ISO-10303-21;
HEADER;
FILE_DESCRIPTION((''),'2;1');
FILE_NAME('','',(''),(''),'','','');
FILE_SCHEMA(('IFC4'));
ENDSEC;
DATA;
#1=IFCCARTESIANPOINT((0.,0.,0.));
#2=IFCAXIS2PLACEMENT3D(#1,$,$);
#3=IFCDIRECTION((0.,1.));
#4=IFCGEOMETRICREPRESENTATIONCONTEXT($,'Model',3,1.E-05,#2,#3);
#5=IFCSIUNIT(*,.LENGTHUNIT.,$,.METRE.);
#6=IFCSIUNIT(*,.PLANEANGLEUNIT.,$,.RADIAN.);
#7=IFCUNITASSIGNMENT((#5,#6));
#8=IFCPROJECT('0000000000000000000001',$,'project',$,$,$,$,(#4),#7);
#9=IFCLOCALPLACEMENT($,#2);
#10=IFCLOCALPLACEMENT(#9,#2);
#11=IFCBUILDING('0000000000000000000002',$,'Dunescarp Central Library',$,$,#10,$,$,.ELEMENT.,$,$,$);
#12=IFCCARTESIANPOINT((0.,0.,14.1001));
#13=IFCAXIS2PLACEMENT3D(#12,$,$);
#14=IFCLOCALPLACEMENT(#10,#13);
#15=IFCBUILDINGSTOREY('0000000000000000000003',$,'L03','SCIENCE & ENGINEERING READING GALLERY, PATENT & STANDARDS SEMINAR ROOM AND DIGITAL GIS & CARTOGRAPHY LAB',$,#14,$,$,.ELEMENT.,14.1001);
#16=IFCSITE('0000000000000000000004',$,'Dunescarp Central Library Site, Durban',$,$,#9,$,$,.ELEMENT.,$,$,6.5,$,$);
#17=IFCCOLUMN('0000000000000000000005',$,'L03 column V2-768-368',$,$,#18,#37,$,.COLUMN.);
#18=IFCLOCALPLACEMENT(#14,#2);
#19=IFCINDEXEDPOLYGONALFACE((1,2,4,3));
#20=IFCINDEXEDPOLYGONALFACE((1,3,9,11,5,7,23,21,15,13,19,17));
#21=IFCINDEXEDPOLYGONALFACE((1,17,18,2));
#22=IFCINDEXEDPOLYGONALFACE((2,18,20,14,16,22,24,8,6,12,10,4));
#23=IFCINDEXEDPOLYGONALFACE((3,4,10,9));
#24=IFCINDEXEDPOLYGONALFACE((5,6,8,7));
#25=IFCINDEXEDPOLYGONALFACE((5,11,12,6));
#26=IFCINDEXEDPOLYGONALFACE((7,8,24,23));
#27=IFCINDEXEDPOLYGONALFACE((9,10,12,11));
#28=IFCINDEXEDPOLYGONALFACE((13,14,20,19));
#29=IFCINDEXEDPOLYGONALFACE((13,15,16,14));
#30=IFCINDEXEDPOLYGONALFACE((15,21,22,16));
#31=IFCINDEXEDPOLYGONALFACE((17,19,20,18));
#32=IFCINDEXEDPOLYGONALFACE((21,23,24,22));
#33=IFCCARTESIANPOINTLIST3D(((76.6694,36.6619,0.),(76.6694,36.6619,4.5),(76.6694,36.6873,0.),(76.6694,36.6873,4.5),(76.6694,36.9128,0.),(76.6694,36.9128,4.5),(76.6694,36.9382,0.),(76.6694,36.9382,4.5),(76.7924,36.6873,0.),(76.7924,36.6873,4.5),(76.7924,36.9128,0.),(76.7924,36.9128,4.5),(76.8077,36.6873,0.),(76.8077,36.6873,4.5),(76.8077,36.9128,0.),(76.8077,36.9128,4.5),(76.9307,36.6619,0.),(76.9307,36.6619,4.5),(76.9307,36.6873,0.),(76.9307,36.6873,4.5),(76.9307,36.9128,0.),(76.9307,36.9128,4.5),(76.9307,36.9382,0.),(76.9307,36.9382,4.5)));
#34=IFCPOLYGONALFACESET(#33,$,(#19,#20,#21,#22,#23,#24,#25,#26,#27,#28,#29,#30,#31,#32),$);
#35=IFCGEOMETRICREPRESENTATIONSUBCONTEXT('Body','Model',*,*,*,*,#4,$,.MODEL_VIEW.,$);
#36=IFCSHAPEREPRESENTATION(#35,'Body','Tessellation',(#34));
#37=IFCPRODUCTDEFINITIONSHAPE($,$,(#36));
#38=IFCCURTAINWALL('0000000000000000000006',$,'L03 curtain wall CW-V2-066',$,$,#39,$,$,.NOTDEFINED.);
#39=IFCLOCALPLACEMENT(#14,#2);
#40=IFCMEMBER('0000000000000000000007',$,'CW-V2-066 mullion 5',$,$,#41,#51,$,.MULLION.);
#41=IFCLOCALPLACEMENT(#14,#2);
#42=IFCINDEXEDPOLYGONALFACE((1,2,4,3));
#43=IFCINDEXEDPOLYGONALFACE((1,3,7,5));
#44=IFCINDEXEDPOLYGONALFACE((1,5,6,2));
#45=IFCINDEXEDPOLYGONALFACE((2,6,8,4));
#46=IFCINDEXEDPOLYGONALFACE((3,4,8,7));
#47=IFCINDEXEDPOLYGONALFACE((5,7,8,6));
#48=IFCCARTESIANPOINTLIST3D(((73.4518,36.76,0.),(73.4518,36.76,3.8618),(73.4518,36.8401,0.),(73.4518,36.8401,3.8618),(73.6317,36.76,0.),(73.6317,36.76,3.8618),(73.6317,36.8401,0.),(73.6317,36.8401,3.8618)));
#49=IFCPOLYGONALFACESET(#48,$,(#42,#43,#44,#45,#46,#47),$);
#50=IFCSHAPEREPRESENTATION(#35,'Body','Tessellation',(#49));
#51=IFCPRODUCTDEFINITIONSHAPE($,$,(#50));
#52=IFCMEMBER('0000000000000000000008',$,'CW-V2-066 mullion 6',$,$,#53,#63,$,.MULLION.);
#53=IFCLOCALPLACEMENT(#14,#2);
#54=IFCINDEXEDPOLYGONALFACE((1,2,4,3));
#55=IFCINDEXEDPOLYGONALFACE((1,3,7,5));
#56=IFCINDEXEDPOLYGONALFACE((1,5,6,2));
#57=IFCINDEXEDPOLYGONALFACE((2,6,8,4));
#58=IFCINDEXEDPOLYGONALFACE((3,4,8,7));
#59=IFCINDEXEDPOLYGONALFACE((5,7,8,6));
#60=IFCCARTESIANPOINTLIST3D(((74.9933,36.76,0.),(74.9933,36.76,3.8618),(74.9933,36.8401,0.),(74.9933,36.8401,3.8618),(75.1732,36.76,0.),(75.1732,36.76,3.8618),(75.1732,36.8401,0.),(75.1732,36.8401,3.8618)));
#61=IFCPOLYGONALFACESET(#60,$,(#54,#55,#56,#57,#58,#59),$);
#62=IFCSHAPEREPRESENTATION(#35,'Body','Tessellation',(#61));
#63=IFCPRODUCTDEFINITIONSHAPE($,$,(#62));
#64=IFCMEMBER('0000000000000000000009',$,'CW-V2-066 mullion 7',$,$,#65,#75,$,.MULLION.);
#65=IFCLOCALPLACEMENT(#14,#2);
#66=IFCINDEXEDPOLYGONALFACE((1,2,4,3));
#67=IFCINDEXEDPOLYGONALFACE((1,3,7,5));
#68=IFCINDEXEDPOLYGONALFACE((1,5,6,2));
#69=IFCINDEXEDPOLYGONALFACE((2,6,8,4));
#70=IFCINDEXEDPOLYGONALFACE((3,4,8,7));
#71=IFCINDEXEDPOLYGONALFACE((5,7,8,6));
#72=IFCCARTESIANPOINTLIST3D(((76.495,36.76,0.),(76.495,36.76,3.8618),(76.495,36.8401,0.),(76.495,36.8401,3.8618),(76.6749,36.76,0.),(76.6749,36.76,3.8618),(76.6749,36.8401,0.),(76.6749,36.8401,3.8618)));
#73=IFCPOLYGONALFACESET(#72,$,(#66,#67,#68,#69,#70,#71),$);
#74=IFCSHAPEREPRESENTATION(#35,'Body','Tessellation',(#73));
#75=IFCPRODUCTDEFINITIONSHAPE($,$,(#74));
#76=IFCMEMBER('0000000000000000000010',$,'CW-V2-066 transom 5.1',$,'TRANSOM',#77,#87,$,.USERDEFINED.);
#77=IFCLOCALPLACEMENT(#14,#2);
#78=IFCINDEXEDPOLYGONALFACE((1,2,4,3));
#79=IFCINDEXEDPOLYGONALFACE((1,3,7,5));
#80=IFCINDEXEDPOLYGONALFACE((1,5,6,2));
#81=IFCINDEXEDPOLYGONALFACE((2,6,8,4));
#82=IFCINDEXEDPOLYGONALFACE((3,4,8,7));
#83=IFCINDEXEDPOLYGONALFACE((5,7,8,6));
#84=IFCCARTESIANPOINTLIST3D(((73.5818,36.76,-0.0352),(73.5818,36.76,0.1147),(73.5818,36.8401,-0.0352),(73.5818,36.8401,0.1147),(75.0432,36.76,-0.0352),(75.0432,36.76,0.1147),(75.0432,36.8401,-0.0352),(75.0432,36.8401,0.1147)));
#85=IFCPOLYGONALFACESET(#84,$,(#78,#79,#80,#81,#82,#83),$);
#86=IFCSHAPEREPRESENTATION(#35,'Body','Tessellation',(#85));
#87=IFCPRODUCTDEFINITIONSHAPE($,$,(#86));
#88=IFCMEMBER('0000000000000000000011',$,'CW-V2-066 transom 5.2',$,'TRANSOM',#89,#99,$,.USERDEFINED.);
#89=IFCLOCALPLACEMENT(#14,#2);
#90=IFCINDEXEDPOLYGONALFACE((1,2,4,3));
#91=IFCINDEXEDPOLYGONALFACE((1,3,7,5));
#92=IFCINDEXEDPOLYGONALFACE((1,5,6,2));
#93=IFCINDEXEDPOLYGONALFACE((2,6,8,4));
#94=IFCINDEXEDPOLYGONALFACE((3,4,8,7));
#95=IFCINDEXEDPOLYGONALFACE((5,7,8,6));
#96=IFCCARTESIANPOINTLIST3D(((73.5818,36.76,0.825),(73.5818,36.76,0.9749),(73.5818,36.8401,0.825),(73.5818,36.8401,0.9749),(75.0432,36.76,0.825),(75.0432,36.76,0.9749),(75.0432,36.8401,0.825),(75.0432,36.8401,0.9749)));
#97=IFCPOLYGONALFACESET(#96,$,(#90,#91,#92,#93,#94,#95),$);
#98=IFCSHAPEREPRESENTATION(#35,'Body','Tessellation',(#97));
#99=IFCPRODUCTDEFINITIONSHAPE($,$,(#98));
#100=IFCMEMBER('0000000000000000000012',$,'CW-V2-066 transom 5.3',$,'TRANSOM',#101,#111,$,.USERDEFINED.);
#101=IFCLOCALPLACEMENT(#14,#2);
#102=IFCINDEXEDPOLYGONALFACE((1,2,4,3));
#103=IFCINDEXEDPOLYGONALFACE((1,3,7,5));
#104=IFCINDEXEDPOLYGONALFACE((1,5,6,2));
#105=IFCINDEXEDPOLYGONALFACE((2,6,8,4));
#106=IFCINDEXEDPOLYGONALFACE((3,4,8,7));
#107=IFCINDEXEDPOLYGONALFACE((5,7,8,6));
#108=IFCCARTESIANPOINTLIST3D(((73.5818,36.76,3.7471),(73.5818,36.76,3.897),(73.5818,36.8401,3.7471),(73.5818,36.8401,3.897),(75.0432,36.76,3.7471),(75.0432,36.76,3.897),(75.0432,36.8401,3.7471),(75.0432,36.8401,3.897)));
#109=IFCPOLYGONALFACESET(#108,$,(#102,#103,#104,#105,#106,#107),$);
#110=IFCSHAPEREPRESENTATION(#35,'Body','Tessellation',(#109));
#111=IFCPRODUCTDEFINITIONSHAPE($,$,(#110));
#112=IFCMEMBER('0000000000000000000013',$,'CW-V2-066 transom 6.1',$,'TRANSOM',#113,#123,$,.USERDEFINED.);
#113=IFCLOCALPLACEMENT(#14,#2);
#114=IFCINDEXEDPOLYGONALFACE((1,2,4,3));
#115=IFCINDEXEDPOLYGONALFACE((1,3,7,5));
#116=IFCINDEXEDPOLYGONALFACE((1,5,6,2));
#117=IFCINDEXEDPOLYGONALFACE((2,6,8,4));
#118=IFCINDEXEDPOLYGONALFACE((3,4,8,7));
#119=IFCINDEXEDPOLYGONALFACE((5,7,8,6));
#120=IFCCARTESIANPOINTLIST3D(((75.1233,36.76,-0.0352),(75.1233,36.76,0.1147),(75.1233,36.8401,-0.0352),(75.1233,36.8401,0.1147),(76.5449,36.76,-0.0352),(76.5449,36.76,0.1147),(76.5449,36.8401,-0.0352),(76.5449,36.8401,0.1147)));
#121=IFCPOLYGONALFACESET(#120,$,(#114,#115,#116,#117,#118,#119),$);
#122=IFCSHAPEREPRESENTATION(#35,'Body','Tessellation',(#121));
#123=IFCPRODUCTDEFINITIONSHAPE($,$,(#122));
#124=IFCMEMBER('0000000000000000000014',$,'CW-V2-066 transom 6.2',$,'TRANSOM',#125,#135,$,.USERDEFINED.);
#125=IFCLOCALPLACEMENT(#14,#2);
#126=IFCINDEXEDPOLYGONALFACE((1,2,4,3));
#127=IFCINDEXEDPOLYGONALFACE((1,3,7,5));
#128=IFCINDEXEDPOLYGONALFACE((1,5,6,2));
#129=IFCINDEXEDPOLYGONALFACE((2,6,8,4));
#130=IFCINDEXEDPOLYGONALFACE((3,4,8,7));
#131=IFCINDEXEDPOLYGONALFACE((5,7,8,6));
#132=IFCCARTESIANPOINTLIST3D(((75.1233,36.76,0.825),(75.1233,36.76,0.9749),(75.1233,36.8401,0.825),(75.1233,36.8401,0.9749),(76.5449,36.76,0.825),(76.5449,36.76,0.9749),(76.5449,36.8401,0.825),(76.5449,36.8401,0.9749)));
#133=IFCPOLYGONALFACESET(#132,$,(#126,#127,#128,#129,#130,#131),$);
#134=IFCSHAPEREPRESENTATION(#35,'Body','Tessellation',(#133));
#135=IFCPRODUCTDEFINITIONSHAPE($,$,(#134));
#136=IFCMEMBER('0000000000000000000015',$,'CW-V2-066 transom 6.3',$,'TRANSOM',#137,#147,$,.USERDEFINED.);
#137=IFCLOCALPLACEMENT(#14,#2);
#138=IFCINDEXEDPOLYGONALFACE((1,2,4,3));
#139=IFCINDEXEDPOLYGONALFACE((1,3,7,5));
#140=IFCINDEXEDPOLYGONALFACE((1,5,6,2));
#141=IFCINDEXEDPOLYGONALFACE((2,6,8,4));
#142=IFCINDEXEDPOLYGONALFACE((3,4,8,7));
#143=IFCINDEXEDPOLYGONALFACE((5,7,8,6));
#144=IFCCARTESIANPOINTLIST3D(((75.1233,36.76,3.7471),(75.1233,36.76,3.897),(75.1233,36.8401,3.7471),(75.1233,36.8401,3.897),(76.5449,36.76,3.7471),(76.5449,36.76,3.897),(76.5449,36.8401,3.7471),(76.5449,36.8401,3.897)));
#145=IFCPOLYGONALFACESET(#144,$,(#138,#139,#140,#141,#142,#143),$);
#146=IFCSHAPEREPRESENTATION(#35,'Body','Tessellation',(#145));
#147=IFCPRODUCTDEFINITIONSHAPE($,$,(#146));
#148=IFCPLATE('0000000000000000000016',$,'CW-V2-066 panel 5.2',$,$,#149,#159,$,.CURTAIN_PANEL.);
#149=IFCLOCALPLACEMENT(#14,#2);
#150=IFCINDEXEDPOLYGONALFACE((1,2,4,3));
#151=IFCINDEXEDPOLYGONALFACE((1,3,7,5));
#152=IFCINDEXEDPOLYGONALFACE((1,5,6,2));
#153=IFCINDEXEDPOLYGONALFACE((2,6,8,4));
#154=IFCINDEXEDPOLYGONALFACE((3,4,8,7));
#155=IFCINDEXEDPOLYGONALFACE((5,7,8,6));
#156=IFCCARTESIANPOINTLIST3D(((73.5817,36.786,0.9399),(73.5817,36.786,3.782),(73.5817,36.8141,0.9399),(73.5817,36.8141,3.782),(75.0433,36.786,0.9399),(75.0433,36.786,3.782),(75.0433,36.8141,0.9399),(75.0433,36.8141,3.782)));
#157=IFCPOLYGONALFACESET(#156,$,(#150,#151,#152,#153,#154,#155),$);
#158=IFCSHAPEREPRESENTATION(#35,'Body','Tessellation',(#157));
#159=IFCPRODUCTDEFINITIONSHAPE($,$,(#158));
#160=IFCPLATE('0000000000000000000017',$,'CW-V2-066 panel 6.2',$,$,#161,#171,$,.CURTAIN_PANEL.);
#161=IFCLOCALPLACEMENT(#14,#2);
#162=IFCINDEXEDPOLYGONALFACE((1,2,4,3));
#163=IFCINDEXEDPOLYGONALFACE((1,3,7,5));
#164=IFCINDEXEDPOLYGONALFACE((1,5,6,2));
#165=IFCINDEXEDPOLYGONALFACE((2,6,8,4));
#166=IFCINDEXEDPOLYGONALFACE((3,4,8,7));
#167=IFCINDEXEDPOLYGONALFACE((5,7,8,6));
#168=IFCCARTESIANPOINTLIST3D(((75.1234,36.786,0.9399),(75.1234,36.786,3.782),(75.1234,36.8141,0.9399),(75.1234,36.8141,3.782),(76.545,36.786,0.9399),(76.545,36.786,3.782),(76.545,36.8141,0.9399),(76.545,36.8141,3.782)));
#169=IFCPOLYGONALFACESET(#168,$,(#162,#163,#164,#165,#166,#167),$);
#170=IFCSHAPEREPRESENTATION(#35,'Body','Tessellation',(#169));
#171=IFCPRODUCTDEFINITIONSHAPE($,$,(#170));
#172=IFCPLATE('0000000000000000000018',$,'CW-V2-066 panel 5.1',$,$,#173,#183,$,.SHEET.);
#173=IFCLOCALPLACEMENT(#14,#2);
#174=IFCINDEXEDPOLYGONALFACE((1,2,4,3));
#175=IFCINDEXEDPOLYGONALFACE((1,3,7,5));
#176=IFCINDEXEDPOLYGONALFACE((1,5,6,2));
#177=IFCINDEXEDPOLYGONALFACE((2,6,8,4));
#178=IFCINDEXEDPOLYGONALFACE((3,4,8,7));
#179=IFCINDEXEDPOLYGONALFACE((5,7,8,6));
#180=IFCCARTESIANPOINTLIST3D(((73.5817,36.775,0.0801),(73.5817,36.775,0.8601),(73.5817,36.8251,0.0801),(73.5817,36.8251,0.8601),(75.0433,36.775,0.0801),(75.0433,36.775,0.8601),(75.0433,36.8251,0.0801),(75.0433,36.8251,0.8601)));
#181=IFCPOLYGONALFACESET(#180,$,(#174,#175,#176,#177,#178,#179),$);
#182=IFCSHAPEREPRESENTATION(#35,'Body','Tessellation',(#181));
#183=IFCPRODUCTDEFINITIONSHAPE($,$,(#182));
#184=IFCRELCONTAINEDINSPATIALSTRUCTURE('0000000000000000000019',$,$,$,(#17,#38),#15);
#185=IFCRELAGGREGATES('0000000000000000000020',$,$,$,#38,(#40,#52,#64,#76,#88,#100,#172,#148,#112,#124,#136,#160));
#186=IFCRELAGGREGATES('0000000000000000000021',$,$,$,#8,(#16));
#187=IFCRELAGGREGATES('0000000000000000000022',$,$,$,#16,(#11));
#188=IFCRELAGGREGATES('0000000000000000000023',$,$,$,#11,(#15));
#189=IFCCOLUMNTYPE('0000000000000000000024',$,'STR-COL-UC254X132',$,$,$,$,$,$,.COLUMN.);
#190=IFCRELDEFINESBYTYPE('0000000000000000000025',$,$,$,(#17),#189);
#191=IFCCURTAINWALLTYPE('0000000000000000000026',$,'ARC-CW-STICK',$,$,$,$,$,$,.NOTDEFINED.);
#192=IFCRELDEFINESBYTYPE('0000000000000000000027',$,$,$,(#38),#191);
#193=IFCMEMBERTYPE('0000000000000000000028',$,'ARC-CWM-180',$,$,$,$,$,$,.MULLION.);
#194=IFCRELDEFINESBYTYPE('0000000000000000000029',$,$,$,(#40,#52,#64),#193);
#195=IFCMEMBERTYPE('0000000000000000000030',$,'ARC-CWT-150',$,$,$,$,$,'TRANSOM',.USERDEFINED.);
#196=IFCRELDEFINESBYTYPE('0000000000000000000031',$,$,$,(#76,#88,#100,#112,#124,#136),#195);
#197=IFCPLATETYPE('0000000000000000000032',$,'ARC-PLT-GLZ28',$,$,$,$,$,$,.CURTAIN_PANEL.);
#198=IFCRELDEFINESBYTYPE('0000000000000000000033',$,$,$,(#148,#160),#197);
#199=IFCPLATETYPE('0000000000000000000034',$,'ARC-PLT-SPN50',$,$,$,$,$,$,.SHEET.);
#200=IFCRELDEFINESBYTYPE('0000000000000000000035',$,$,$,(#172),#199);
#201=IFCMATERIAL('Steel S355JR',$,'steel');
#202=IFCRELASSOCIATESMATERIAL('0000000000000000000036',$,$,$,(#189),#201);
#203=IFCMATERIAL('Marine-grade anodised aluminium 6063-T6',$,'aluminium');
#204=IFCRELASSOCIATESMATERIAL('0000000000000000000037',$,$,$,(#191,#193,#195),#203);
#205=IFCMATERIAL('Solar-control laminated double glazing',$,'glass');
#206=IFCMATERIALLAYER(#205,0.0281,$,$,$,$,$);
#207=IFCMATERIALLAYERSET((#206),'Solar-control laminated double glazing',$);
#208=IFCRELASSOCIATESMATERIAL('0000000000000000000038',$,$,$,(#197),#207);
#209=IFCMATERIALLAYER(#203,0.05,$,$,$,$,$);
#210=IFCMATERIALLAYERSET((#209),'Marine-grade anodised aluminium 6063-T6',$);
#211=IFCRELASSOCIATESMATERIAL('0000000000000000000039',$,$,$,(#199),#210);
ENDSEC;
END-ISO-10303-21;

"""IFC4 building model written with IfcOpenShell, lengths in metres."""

from ifc_helpers import new_model, si_unit, direction, frame, origin, origin_2d, place, context, subcontext, project, spatial, rectangle, i_section, extrude, material, layer, layer_set, material_profile, profile_set, type_object, element, aggregate, save


model = new_model("IFC4")

# Units and contexts
model_context = context("Model", 3, precision=1e-05, world=origin(), true_north=direction((0.0, 1.0)))
body_context = subcontext(model_context, "Body", "Model", "MODEL_VIEW")
ifc_project = project(units=[si_unit("LENGTHUNIT", "METRE"), si_unit("PLANEANGLEUNIT", "RADIAN")], contexts=[model_context])

# Site, building, storey
site_placement = place(None, origin())
site = spatial("IfcSite", under=ifc_project, at=site_placement, Name="Dunescarp Central Library Site, Durban", CompositionType="ELEMENT", RefElevation=6.5)
building_placement = place(site_placement, origin())
building = spatial("IfcBuilding", under=site, at=building_placement, Name="Dunescarp Central Library", CompositionType="ELEMENT")
storey_placement = place(building_placement, frame((0.0, 0.0, 14.1001)))
storey = spatial("IfcBuildingStorey", under=building, at=storey_placement, Name="L03", Description="SCIENCE & ENGINEERING READING GALLERY, PATENT & STANDARDS SEMINAR ROOM AND DIGITAL GIS & CARTOGRAPHY LAB", CompositionType="ELEMENT", Elevation=14.1001)

# Column
ifc_material_1 = material(Name="Steel S355JR", Category="steel")
ifc_material_profile_1 = material_profile(ifc_material_1, i_section(OverallWidth=0.2612, OverallDepth=0.2764, WebThickness=0.0154, FlangeThickness=0.0254, at=origin_2d()), Name="UC 254x254x132")
ifc_profile_set_1 = profile_set([ifc_material_profile_1], Name="Steel S355JR")
column_type = type_object("IfcColumnType", Name="STR-COL-UC254X132", PredefinedType="COLUMN", material=ifc_profile_set_1)
column_placement = place(storey_placement, frame((76.8, 36.8, 0.0), z_axis=(0.0, 0.0, 1.0), x_axis=(1.0, 0.0, 0.0)))
element("IfcColumn", 1, at=column_placement, inside=storey, type_object=column_type, Name="L03 column V2-768-368", PredefinedType="COLUMN", context=body_context, shape_type="SweptSolid", body=[
    extrude(i_section(OverallWidth=0.2612, OverallDepth=0.2764, WebThickness=0.0154, FlangeThickness=0.0254, at=origin_2d()), origin(), (0.0, 0.0, 1.0), 4.5),
])

# Curtain wall, members, plates
ifc_material_2 = material(Name="Marine-grade anodised aluminium 6063-T6", Category="aluminium")
curtain_wall_type = type_object("IfcCurtainWallType", Name="ARC-CW-STICK", PredefinedType="NOTDEFINED", material=ifc_material_2)
curtain_wall_placement = place(storey_placement, origin())
curtain_wall = element("IfcCurtainWall", 2, at=curtain_wall_placement, inside=storey, type_object=curtain_wall_type, Name="L03 curtain wall CW-V2-066", PredefinedType="NOTDEFINED")
ifc_material_profile_2 = material_profile(ifc_material_2, rectangle(XDim=0.0801, YDim=0.1799, at=origin_2d()), Name="AL 80x180")
ifc_profile_set_2 = profile_set([ifc_material_profile_2], Name="Marine-grade anodised aluminium 6063-T6")
member_type_1 = type_object("IfcMemberType", Name="ARC-CWM-180", PredefinedType="MULLION", material=ifc_profile_set_2)
member_1_placement = place(storey_placement, frame((73.5417, 36.8, 0.0), z_axis=(0.0, 0.0, 1.0), x_axis=(0.0, 1.0, 0.0)))
member_1 = element("IfcMember", 3, at=member_1_placement, type_object=member_type_1, Name="CW-V2-066 mullion 5", PredefinedType="MULLION", context=body_context, shape_type="SweptSolid", body=[
    extrude(rectangle(XDim=0.0801, YDim=0.1799, at=origin_2d()), origin(), (0.0, 0.0, 1.0), 3.8618),
])
member_2_placement = place(storey_placement, frame((75.0833, 36.8, 0.0), z_axis=(0.0, 0.0, 1.0), x_axis=(0.0, 1.0, 0.0)))
member_2 = element("IfcMember", 4, at=member_2_placement, type_object=member_type_1, Name="CW-V2-066 mullion 6", PredefinedType="MULLION", context=body_context, shape_type="SweptSolid", body=[
    extrude(rectangle(XDim=0.0801, YDim=0.1799, at=origin_2d()), origin(), (0.0, 0.0, 1.0), 3.8618),
])
member_3_placement = place(storey_placement, frame((76.585, 36.8, 0.0), z_axis=(0.0, 0.0, 1.0), x_axis=(0.0, 1.0, 0.0)))
member_3 = element("IfcMember", 5, at=member_3_placement, type_object=member_type_1, Name="CW-V2-066 mullion 7", PredefinedType="MULLION", context=body_context, shape_type="SweptSolid", body=[
    extrude(rectangle(XDim=0.0801, YDim=0.1799, at=origin_2d()), origin(), (0.0, 0.0, 1.0), 3.8618),
])
ifc_material_profile_3 = material_profile(ifc_material_2, rectangle(XDim=0.0801, YDim=0.1499, at=origin_2d()), Name="AL 80x150")
ifc_profile_set_3 = profile_set([ifc_material_profile_3], Name="Marine-grade anodised aluminium 6063-T6")
member_type_2 = type_object("IfcMemberType", Name="ARC-CWT-150", ElementType="TRANSOM", PredefinedType="USERDEFINED", material=ifc_profile_set_3)
member_4_placement = place(storey_placement, frame((73.5818, 36.8, 0.0398), z_axis=(1.0, 0.0, 0.0), x_axis=(0.0, 1.0, 0.0)))
member_4 = element("IfcMember", 6, at=member_4_placement, type_object=member_type_2, Name="CW-V2-066 transom 5.1", ObjectType="TRANSOM", PredefinedType="USERDEFINED", context=body_context, shape_type="SweptSolid", body=[
    extrude(rectangle(XDim=0.0801, YDim=0.1499, at=origin_2d()), origin(), (0.0, 0.0, 1.0), 1.4614),
])
member_5_placement = place(storey_placement, frame((73.5818, 36.8, 0.8999), z_axis=(1.0, 0.0, 0.0), x_axis=(0.0, 1.0, 0.0)))
member_5 = element("IfcMember", 7, at=member_5_placement, type_object=member_type_2, Name="CW-V2-066 transom 5.2", ObjectType="TRANSOM", PredefinedType="USERDEFINED", context=body_context, shape_type="SweptSolid", body=[
    extrude(rectangle(XDim=0.0801, YDim=0.1499, at=origin_2d()), origin(), (0.0, 0.0, 1.0), 1.4614),
])
member_6_placement = place(storey_placement, frame((73.5818, 36.8, 3.822), z_axis=(1.0, 0.0, 0.0), x_axis=(0.0, 1.0, 0.0)))
member_6 = element("IfcMember", 8, at=member_6_placement, type_object=member_type_2, Name="CW-V2-066 transom 5.3", ObjectType="TRANSOM", PredefinedType="USERDEFINED", context=body_context, shape_type="SweptSolid", body=[
    extrude(rectangle(XDim=0.0801, YDim=0.1499, at=origin_2d()), origin(), (0.0, 0.0, 1.0), 1.4614),
])
member_7_placement = place(storey_placement, frame((75.1233, 36.8, 0.0398), z_axis=(1.0, 0.0, 0.0), x_axis=(0.0, 1.0, 0.0)))
member_7 = element("IfcMember", 9, at=member_7_placement, type_object=member_type_2, Name="CW-V2-066 transom 6.1", ObjectType="TRANSOM", PredefinedType="USERDEFINED", context=body_context, shape_type="SweptSolid", body=[
    extrude(rectangle(XDim=0.0801, YDim=0.1499, at=origin_2d()), origin(), (0.0, 0.0, 1.0), 1.4216),
])
member_8_placement = place(storey_placement, frame((75.1233, 36.8, 0.8999), z_axis=(1.0, 0.0, 0.0), x_axis=(0.0, 1.0, 0.0)))
member_8 = element("IfcMember", 10, at=member_8_placement, type_object=member_type_2, Name="CW-V2-066 transom 6.2", ObjectType="TRANSOM", PredefinedType="USERDEFINED", context=body_context, shape_type="SweptSolid", body=[
    extrude(rectangle(XDim=0.0801, YDim=0.1499, at=origin_2d()), origin(), (0.0, 0.0, 1.0), 1.4216),
])
member_9_placement = place(storey_placement, frame((75.1233, 36.8, 3.822), z_axis=(1.0, 0.0, 0.0), x_axis=(0.0, 1.0, 0.0)))
member_9 = element("IfcMember", 11, at=member_9_placement, type_object=member_type_2, Name="CW-V2-066 transom 6.3", ObjectType="TRANSOM", PredefinedType="USERDEFINED", context=body_context, shape_type="SweptSolid", body=[
    extrude(rectangle(XDim=0.0801, YDim=0.1499, at=origin_2d()), origin(), (0.0, 0.0, 1.0), 1.4216),
])
ifc_material_3 = material(Name="Solar-control laminated double glazing", Category="glass")
ifc_layer_1 = layer(ifc_material_3, 0.0281)
ifc_layer_set_1 = layer_set([ifc_layer_1], Name="Solar-control laminated double glazing")
plate_type_1 = type_object("IfcPlateType", Name="ARC-PLT-GLZ28", PredefinedType="CURTAIN_PANEL", material=ifc_layer_set_1)
plate_1_placement = place(storey_placement, frame((74.3125, 36.8, 0.9399), z_axis=(0.0, 0.0, 1.0), x_axis=(1.0, 0.0, 0.0)))
plate_1 = element("IfcPlate", 12, at=plate_1_placement, type_object=plate_type_1, Name="CW-V2-066 panel 5.2", PredefinedType="CURTAIN_PANEL", context=body_context, shape_type="SweptSolid", body=[
    extrude(rectangle(XDim=1.4617, YDim=0.0281, at=origin_2d()), origin(), (0.0, 0.0, 1.0), 2.842),
])
plate_2_placement = place(storey_placement, frame((75.8342, 36.8, 0.9399), z_axis=(0.0, 0.0, 1.0), x_axis=(1.0, 0.0, 0.0)))
plate_2 = element("IfcPlate", 13, at=plate_2_placement, type_object=plate_type_1, Name="CW-V2-066 panel 6.2", PredefinedType="CURTAIN_PANEL", context=body_context, shape_type="SweptSolid", body=[
    extrude(rectangle(XDim=1.4216, YDim=0.0281, at=origin_2d()), origin(), (0.0, 0.0, 1.0), 2.842),
])
ifc_layer_2 = layer(ifc_material_2, 0.05)
ifc_layer_set_2 = layer_set([ifc_layer_2], Name="Marine-grade anodised aluminium 6063-T6")
plate_type_2 = type_object("IfcPlateType", Name="ARC-PLT-SPN50", PredefinedType="SHEET", material=ifc_layer_set_2)
plate_3_placement = place(storey_placement, frame((74.3125, 36.8, 0.0801), z_axis=(0.0, 0.0, 1.0), x_axis=(1.0, 0.0, 0.0)))
plate_3 = element("IfcPlate", 14, at=plate_3_placement, type_object=plate_type_2, Name="CW-V2-066 panel 5.1", PredefinedType="SHEET", context=body_context, shape_type="SweptSolid", body=[
    extrude(rectangle(XDim=1.4617, YDim=0.05, at=origin_2d()), origin(), (0.0, 0.0, 1.0), 0.78),
])
aggregate(curtain_wall, [member_1, member_2, member_3, member_4, member_5, member_6, plate_3, plate_1, member_7, member_8, member_9, plate_2])

save(model, "model.ifc")
